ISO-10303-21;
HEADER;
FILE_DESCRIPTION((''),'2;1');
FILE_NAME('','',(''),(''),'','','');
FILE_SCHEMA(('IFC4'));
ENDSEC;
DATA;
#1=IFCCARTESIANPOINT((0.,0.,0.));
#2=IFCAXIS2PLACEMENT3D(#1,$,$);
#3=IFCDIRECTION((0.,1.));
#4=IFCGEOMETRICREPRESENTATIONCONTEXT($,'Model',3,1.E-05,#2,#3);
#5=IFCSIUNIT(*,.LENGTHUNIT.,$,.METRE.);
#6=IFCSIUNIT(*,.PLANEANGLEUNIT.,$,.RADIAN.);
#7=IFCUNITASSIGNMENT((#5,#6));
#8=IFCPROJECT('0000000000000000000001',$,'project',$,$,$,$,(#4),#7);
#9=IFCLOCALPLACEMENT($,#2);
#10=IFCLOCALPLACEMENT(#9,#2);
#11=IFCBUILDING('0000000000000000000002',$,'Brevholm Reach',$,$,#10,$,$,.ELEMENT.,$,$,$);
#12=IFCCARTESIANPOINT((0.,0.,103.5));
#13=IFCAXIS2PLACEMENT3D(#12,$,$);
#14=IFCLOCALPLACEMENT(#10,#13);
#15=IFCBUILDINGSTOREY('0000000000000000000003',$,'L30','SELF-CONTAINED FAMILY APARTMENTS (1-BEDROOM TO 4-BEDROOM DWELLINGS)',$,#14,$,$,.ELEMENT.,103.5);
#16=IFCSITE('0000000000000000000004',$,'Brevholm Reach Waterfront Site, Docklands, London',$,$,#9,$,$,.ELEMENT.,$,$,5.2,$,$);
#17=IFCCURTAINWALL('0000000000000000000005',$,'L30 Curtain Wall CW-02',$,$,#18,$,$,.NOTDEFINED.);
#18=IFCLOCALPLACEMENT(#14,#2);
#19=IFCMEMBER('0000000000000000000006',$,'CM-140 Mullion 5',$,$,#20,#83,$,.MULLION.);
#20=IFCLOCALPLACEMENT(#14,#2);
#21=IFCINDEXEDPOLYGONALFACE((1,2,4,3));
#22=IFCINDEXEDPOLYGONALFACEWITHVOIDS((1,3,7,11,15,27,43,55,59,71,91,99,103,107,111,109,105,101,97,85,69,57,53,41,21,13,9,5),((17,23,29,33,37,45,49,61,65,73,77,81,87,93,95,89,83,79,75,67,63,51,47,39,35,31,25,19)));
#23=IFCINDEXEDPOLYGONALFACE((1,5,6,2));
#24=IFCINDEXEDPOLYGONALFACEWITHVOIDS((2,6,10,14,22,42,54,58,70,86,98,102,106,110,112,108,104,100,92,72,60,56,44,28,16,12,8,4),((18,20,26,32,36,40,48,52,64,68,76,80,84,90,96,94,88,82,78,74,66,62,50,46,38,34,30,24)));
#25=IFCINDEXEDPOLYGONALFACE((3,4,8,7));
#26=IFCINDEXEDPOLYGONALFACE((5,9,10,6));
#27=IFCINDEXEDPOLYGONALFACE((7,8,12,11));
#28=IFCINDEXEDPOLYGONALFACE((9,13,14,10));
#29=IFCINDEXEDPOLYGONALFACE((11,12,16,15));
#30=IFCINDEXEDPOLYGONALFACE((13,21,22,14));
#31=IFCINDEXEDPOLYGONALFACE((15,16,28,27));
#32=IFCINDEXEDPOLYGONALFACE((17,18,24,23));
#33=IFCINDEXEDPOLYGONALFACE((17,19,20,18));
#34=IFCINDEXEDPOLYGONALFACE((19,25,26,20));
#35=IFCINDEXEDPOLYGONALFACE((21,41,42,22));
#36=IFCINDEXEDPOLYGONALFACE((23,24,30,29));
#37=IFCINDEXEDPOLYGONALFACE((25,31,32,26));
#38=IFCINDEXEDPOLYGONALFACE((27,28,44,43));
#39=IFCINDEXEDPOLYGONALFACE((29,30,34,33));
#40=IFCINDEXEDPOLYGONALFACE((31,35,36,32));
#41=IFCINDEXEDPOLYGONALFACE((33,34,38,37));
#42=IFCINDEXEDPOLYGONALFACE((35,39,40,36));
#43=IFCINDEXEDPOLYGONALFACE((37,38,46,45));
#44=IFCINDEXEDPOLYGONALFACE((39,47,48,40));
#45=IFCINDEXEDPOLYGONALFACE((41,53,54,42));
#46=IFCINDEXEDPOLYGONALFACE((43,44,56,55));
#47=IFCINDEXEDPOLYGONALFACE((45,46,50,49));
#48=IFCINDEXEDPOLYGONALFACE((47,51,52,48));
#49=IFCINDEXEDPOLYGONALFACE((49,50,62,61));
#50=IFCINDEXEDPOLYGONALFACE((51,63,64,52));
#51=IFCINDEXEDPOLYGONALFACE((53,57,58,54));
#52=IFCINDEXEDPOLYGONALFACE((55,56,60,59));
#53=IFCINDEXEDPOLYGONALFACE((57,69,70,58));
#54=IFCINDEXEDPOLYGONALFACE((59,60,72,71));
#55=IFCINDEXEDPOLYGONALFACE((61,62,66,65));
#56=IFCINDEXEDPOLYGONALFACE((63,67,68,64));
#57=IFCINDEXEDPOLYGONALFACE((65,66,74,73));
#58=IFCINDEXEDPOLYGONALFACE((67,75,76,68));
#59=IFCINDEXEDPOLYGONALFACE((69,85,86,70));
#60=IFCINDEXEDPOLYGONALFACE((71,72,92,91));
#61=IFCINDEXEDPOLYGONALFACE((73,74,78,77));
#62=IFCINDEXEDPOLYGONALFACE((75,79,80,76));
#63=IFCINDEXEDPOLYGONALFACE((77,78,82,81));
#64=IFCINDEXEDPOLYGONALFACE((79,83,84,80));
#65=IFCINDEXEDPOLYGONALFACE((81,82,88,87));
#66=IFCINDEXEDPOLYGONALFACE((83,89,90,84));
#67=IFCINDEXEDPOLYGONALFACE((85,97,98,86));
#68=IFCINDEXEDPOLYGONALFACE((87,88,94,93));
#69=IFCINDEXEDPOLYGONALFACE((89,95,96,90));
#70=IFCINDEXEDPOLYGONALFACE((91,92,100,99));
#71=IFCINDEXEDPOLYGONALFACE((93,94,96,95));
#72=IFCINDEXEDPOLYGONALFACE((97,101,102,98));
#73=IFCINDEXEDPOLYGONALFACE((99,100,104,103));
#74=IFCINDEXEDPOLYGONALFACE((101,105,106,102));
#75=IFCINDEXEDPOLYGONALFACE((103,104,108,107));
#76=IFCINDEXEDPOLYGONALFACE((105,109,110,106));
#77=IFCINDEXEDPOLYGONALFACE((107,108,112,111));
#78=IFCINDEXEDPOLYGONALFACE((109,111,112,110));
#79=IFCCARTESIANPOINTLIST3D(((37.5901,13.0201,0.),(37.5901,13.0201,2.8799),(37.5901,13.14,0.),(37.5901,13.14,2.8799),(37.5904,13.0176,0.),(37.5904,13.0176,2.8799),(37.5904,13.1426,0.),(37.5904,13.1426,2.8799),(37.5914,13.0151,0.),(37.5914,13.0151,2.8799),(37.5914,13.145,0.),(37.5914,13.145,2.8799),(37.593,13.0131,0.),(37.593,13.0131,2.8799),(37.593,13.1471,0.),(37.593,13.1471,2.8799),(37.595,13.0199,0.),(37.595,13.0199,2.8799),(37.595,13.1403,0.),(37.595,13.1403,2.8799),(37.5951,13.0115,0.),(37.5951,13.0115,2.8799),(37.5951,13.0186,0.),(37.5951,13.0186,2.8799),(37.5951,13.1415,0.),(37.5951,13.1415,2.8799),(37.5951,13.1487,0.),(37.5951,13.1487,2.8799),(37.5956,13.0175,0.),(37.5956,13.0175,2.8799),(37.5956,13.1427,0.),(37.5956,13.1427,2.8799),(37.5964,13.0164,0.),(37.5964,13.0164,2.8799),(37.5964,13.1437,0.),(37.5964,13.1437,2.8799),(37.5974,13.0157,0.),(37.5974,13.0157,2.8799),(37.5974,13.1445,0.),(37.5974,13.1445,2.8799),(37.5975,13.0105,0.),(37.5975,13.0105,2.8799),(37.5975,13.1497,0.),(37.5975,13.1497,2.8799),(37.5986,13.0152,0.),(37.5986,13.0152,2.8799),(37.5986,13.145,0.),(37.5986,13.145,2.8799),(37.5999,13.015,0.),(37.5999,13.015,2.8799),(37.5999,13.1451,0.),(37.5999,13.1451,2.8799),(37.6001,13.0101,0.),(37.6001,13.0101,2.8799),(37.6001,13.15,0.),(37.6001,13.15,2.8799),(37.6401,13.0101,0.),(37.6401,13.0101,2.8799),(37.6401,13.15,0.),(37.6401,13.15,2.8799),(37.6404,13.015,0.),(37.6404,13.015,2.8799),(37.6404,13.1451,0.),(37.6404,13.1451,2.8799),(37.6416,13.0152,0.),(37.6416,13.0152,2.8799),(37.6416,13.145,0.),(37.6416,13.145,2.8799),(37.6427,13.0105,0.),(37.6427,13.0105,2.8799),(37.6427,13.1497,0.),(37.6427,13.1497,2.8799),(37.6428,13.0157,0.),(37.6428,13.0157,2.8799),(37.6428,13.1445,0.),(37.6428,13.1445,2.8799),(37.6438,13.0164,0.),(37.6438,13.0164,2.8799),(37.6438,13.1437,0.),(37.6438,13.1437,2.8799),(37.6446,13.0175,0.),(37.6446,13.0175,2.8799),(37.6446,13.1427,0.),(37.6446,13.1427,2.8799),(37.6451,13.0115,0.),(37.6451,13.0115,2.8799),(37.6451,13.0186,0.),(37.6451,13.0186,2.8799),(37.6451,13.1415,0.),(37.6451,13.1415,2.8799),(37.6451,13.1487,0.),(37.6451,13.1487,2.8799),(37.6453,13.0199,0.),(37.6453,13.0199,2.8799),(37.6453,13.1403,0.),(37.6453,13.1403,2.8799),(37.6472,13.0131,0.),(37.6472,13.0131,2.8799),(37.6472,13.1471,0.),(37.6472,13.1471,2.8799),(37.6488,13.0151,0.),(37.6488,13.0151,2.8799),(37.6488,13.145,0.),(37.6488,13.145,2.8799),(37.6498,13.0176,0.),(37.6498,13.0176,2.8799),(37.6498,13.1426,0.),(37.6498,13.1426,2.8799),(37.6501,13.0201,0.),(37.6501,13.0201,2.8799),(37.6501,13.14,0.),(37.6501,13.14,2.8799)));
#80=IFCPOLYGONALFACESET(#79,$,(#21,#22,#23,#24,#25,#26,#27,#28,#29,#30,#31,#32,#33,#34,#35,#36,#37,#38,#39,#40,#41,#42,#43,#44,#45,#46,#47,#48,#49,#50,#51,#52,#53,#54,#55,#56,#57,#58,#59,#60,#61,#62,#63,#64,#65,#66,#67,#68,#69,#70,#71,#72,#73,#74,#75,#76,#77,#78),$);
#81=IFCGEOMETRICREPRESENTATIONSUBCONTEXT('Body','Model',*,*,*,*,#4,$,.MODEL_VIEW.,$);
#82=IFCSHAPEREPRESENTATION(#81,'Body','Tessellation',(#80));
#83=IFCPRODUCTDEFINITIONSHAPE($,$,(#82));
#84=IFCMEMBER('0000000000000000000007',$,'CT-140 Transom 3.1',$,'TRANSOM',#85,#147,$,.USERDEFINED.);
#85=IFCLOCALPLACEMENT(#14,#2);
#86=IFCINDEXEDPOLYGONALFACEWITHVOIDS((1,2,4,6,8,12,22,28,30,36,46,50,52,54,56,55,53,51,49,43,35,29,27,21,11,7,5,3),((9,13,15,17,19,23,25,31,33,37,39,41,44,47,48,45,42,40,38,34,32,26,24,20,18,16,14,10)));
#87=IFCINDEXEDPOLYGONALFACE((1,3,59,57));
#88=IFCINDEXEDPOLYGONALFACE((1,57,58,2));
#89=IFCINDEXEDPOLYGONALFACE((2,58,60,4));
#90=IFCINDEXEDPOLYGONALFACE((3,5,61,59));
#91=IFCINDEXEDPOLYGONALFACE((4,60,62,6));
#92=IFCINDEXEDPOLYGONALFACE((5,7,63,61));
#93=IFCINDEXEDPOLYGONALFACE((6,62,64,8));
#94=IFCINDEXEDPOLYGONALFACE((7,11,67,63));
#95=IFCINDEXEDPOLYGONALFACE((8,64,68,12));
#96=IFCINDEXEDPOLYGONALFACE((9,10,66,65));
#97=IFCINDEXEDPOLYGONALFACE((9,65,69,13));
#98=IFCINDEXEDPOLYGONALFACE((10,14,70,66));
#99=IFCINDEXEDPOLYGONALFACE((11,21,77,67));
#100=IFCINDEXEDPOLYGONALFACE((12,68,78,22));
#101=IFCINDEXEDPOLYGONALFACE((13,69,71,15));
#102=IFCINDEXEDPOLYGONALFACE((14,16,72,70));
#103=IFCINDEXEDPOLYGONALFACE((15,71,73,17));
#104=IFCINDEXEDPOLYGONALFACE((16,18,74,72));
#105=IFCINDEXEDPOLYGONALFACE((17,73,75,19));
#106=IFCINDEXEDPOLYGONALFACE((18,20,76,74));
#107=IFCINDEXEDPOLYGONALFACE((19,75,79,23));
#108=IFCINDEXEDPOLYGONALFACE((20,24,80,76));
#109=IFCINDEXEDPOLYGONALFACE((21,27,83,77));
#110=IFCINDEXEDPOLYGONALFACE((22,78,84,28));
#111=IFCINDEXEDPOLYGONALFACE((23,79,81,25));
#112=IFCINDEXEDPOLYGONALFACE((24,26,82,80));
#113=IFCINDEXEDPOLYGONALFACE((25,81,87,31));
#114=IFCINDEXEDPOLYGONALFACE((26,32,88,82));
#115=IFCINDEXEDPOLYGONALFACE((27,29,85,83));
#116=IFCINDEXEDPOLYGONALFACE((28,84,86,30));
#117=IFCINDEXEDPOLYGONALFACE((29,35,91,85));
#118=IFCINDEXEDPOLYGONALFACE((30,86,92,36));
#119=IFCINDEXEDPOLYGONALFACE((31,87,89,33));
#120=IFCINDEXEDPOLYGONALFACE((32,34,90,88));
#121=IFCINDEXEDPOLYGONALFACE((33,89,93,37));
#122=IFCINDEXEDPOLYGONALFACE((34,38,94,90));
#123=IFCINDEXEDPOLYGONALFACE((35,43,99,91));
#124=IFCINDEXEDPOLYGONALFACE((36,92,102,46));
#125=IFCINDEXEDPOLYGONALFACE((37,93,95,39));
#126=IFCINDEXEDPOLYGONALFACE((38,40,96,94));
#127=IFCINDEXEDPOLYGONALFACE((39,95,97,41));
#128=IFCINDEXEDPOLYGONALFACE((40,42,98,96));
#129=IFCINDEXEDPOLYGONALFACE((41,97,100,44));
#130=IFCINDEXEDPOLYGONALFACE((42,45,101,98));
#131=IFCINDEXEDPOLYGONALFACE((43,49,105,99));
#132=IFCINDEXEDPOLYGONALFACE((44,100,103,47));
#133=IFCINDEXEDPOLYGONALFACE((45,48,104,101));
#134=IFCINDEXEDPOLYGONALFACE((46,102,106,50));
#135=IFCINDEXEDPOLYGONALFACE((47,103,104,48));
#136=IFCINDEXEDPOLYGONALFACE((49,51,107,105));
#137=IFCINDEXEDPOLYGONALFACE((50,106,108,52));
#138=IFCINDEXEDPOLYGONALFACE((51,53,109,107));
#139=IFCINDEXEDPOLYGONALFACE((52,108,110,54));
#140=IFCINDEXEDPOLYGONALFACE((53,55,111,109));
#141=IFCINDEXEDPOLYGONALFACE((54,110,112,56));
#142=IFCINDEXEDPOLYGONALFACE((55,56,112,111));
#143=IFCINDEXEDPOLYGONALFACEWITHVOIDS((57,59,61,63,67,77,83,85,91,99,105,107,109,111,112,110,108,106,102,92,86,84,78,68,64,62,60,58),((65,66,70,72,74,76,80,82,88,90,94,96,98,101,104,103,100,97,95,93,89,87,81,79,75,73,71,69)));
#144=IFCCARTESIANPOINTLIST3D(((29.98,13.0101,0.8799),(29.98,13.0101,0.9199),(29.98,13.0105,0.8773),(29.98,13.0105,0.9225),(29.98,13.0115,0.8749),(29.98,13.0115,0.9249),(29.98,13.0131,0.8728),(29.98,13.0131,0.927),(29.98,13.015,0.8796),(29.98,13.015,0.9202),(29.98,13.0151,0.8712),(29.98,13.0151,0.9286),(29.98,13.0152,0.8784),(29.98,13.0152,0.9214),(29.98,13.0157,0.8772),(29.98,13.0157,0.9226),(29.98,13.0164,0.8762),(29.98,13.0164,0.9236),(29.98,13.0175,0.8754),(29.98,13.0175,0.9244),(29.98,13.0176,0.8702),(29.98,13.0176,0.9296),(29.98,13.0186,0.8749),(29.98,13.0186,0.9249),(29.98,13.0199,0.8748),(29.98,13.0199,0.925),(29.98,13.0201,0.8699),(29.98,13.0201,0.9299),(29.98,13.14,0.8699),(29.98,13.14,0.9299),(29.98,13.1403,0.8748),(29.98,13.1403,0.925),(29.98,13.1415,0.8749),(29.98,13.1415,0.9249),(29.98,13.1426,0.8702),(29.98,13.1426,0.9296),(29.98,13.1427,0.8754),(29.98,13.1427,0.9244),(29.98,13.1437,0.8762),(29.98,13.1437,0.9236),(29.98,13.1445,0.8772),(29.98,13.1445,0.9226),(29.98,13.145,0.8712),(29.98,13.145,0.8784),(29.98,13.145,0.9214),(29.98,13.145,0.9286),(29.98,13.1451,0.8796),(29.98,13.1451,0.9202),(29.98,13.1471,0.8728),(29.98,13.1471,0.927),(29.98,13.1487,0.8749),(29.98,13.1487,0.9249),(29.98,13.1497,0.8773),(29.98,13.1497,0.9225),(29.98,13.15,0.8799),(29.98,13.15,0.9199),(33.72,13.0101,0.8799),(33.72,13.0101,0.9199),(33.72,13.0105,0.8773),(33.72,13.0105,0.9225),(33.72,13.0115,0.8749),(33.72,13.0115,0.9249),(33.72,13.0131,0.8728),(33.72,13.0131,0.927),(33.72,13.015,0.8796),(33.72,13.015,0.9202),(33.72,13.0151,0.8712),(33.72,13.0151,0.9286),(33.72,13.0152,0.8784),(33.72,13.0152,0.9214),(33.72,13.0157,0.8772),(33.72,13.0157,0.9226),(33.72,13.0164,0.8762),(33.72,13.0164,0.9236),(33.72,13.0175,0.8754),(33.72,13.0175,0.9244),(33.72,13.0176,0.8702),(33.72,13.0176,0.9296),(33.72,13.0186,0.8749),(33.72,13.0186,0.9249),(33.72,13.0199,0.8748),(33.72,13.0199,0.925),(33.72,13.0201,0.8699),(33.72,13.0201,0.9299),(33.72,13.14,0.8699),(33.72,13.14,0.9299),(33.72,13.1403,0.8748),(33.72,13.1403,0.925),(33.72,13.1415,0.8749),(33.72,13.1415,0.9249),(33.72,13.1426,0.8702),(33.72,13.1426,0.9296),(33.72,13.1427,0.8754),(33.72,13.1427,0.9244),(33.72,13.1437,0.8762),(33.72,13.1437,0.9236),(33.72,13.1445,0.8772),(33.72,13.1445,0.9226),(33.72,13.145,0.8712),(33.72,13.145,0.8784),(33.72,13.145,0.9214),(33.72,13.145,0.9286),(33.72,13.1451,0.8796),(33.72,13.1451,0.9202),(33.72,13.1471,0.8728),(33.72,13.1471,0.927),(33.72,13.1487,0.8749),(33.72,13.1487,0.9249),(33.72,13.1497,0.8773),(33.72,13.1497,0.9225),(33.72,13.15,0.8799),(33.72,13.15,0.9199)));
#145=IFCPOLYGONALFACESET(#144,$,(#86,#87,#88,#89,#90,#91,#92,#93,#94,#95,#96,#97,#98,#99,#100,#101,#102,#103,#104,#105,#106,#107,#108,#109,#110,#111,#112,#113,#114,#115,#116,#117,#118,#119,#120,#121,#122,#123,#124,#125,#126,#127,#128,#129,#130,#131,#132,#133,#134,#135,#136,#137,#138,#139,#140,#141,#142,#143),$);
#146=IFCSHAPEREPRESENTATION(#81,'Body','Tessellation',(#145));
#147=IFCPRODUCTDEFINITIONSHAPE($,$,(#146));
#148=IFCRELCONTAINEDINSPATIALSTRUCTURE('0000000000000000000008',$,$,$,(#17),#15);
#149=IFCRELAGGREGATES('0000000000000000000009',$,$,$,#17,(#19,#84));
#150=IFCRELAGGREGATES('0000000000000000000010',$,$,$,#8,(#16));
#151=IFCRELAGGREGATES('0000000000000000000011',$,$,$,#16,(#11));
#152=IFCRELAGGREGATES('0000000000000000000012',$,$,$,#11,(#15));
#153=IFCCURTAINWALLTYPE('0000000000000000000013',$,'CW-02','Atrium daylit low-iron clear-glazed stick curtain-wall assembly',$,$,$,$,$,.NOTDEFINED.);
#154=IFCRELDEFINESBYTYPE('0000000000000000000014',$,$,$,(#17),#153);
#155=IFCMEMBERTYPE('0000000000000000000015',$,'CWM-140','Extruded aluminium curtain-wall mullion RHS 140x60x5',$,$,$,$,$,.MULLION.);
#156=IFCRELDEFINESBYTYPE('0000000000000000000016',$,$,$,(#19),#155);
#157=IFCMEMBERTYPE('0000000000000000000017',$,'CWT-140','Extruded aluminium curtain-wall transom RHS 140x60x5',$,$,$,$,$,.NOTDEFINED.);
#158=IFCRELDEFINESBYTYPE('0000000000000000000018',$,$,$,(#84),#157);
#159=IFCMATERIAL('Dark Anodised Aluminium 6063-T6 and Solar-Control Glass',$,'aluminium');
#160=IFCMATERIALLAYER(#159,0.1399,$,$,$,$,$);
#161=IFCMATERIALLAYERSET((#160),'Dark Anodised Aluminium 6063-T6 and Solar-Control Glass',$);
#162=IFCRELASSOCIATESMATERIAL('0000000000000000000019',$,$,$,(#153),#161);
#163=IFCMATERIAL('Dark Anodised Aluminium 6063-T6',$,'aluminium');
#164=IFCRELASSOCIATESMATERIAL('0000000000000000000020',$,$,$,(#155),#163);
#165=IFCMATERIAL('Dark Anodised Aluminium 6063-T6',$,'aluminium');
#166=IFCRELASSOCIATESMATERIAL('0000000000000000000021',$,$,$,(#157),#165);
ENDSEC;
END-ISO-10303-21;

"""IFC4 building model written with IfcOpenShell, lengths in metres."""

from ifc_helpers import new_model, si_unit, direction, frame, origin, origin_2d, place, context, subcontext, project, spatial, hollow_rectangle, extrude, material, layer, layer_set, material_profile, profile_set, type_object, element, aggregate, save


model = new_model("IFC4")

# Units and contexts
model_context = context("Model", 3, precision=1e-05, world=origin(), true_north=direction((0.0, 1.0)))
body_context = subcontext(model_context, "Body", "Model", "MODEL_VIEW")
ifc_project = project(units=[si_unit("LENGTHUNIT", "METRE"), si_unit("PLANEANGLEUNIT", "RADIAN")], contexts=[model_context])

# Site, building, storey
site_placement = place(None, origin())
site = spatial("IfcSite", under=ifc_project, at=site_placement, Name="Brevholm Reach Waterfront Site, Docklands, London", CompositionType="ELEMENT", RefElevation=5.2)
building_placement = place(site_placement, origin())
building = spatial("IfcBuilding", under=site, at=building_placement, Name="Brevholm Reach", CompositionType="ELEMENT")
storey_placement = place(building_placement, frame((0.0, 0.0, 103.5)))
storey = spatial("IfcBuildingStorey", under=building, at=storey_placement, Name="L30", Description="SELF-CONTAINED FAMILY APARTMENTS (1-BEDROOM TO 4-BEDROOM DWELLINGS)", CompositionType="ELEMENT", Elevation=103.5)

# Curtain wall, members
ifc_material_1 = material(Name="Dark Anodised Aluminium 6063-T6 and Solar-Control Glass", Category="aluminium")
ifc_layer_1 = layer(ifc_material_1, 0.1399)
ifc_layer_set_1 = layer_set([ifc_layer_1], Name="Dark Anodised Aluminium 6063-T6 and Solar-Control Glass")
curtain_wall_type = type_object("IfcCurtainWallType", Name="CW-02", Description="Atrium daylit low-iron clear-glazed stick curtain-wall assembly", PredefinedType="NOTDEFINED", material=ifc_layer_set_1)
curtain_wall_placement = place(storey_placement, origin())
curtain_wall = element("IfcCurtainWall", 1, at=curtain_wall_placement, inside=storey, type_object=curtain_wall_type, Name="L30 Curtain Wall CW-02", PredefinedType="NOTDEFINED")
ifc_material_2 = material(Name="Dark Anodised Aluminium 6063-T6", Category="aluminium")
ifc_material_profile_1 = material_profile(ifc_material_2, hollow_rectangle(XDim=0.0601, YDim=0.1399, WallThickness=0.0049, InnerFilletRadius=0.0049, OuterFilletRadius=0.01, at=origin_2d()), Name="RHS 140x60x5")
ifc_profile_set_1 = profile_set([ifc_material_profile_1], Name="Dark Anodised Aluminium 6063-T6")
member_type_1 = type_object("IfcMemberType", Name="CWM-140", Description="Extruded aluminium curtain-wall mullion RHS 140x60x5", PredefinedType="MULLION", material=ifc_profile_set_1)
member_1_placement = place(storey_placement, frame((37.6201, 13.0801, 0.0), z_axis=(0.0, 0.0, 1.0), x_axis=(1.0, 0.0, 0.0)))
member_1 = element("IfcMember", 2, at=member_1_placement, type_object=member_type_1, Name="CM-140 Mullion 5", PredefinedType="MULLION", context=body_context, shape_type="SweptSolid", body=[
    extrude(hollow_rectangle(XDim=0.0601, YDim=0.1399, WallThickness=0.0049, InnerFilletRadius=0.0049, OuterFilletRadius=0.01, at=origin_2d()), origin(), (0.0, 0.0, 1.0), 2.8799),
])
ifc_material_3 = material(Name="Dark Anodised Aluminium 6063-T6", Category="aluminium")
ifc_material_profile_2 = material_profile(ifc_material_3, hollow_rectangle(XDim=0.0601, YDim=0.1399, WallThickness=0.0049, InnerFilletRadius=0.0049, OuterFilletRadius=0.01, at=origin_2d()), Name="RHS 140x60x5")
ifc_profile_set_2 = profile_set([ifc_material_profile_2], Name="Dark Anodised Aluminium 6063-T6")
member_type_2 = type_object("IfcMemberType", Name="CWT-140", Description="Extruded aluminium curtain-wall transom RHS 140x60x5", PredefinedType="NOTDEFINED", material=ifc_profile_set_2)
member_2_placement = place(storey_placement, frame((29.98, 13.0801, 0.8999), z_axis=(1.0, 0.0, 0.0), x_axis=(0.0, 0.0, 1.0)))
member_2 = element("IfcMember", 3, at=member_2_placement, type_object=member_type_2, Name="CT-140 Transom 3.1", ObjectType="TRANSOM", PredefinedType="USERDEFINED", context=body_context, shape_type="SweptSolid", body=[
    extrude(hollow_rectangle(XDim=0.0601, YDim=0.1399, WallThickness=0.0049, InnerFilletRadius=0.0049, OuterFilletRadius=0.01, at=origin_2d()), origin(), (0.0, 0.0, 1.0), 3.74),
])
aggregate(curtain_wall, [member_1, member_2])

save(model, "model.ifc")
